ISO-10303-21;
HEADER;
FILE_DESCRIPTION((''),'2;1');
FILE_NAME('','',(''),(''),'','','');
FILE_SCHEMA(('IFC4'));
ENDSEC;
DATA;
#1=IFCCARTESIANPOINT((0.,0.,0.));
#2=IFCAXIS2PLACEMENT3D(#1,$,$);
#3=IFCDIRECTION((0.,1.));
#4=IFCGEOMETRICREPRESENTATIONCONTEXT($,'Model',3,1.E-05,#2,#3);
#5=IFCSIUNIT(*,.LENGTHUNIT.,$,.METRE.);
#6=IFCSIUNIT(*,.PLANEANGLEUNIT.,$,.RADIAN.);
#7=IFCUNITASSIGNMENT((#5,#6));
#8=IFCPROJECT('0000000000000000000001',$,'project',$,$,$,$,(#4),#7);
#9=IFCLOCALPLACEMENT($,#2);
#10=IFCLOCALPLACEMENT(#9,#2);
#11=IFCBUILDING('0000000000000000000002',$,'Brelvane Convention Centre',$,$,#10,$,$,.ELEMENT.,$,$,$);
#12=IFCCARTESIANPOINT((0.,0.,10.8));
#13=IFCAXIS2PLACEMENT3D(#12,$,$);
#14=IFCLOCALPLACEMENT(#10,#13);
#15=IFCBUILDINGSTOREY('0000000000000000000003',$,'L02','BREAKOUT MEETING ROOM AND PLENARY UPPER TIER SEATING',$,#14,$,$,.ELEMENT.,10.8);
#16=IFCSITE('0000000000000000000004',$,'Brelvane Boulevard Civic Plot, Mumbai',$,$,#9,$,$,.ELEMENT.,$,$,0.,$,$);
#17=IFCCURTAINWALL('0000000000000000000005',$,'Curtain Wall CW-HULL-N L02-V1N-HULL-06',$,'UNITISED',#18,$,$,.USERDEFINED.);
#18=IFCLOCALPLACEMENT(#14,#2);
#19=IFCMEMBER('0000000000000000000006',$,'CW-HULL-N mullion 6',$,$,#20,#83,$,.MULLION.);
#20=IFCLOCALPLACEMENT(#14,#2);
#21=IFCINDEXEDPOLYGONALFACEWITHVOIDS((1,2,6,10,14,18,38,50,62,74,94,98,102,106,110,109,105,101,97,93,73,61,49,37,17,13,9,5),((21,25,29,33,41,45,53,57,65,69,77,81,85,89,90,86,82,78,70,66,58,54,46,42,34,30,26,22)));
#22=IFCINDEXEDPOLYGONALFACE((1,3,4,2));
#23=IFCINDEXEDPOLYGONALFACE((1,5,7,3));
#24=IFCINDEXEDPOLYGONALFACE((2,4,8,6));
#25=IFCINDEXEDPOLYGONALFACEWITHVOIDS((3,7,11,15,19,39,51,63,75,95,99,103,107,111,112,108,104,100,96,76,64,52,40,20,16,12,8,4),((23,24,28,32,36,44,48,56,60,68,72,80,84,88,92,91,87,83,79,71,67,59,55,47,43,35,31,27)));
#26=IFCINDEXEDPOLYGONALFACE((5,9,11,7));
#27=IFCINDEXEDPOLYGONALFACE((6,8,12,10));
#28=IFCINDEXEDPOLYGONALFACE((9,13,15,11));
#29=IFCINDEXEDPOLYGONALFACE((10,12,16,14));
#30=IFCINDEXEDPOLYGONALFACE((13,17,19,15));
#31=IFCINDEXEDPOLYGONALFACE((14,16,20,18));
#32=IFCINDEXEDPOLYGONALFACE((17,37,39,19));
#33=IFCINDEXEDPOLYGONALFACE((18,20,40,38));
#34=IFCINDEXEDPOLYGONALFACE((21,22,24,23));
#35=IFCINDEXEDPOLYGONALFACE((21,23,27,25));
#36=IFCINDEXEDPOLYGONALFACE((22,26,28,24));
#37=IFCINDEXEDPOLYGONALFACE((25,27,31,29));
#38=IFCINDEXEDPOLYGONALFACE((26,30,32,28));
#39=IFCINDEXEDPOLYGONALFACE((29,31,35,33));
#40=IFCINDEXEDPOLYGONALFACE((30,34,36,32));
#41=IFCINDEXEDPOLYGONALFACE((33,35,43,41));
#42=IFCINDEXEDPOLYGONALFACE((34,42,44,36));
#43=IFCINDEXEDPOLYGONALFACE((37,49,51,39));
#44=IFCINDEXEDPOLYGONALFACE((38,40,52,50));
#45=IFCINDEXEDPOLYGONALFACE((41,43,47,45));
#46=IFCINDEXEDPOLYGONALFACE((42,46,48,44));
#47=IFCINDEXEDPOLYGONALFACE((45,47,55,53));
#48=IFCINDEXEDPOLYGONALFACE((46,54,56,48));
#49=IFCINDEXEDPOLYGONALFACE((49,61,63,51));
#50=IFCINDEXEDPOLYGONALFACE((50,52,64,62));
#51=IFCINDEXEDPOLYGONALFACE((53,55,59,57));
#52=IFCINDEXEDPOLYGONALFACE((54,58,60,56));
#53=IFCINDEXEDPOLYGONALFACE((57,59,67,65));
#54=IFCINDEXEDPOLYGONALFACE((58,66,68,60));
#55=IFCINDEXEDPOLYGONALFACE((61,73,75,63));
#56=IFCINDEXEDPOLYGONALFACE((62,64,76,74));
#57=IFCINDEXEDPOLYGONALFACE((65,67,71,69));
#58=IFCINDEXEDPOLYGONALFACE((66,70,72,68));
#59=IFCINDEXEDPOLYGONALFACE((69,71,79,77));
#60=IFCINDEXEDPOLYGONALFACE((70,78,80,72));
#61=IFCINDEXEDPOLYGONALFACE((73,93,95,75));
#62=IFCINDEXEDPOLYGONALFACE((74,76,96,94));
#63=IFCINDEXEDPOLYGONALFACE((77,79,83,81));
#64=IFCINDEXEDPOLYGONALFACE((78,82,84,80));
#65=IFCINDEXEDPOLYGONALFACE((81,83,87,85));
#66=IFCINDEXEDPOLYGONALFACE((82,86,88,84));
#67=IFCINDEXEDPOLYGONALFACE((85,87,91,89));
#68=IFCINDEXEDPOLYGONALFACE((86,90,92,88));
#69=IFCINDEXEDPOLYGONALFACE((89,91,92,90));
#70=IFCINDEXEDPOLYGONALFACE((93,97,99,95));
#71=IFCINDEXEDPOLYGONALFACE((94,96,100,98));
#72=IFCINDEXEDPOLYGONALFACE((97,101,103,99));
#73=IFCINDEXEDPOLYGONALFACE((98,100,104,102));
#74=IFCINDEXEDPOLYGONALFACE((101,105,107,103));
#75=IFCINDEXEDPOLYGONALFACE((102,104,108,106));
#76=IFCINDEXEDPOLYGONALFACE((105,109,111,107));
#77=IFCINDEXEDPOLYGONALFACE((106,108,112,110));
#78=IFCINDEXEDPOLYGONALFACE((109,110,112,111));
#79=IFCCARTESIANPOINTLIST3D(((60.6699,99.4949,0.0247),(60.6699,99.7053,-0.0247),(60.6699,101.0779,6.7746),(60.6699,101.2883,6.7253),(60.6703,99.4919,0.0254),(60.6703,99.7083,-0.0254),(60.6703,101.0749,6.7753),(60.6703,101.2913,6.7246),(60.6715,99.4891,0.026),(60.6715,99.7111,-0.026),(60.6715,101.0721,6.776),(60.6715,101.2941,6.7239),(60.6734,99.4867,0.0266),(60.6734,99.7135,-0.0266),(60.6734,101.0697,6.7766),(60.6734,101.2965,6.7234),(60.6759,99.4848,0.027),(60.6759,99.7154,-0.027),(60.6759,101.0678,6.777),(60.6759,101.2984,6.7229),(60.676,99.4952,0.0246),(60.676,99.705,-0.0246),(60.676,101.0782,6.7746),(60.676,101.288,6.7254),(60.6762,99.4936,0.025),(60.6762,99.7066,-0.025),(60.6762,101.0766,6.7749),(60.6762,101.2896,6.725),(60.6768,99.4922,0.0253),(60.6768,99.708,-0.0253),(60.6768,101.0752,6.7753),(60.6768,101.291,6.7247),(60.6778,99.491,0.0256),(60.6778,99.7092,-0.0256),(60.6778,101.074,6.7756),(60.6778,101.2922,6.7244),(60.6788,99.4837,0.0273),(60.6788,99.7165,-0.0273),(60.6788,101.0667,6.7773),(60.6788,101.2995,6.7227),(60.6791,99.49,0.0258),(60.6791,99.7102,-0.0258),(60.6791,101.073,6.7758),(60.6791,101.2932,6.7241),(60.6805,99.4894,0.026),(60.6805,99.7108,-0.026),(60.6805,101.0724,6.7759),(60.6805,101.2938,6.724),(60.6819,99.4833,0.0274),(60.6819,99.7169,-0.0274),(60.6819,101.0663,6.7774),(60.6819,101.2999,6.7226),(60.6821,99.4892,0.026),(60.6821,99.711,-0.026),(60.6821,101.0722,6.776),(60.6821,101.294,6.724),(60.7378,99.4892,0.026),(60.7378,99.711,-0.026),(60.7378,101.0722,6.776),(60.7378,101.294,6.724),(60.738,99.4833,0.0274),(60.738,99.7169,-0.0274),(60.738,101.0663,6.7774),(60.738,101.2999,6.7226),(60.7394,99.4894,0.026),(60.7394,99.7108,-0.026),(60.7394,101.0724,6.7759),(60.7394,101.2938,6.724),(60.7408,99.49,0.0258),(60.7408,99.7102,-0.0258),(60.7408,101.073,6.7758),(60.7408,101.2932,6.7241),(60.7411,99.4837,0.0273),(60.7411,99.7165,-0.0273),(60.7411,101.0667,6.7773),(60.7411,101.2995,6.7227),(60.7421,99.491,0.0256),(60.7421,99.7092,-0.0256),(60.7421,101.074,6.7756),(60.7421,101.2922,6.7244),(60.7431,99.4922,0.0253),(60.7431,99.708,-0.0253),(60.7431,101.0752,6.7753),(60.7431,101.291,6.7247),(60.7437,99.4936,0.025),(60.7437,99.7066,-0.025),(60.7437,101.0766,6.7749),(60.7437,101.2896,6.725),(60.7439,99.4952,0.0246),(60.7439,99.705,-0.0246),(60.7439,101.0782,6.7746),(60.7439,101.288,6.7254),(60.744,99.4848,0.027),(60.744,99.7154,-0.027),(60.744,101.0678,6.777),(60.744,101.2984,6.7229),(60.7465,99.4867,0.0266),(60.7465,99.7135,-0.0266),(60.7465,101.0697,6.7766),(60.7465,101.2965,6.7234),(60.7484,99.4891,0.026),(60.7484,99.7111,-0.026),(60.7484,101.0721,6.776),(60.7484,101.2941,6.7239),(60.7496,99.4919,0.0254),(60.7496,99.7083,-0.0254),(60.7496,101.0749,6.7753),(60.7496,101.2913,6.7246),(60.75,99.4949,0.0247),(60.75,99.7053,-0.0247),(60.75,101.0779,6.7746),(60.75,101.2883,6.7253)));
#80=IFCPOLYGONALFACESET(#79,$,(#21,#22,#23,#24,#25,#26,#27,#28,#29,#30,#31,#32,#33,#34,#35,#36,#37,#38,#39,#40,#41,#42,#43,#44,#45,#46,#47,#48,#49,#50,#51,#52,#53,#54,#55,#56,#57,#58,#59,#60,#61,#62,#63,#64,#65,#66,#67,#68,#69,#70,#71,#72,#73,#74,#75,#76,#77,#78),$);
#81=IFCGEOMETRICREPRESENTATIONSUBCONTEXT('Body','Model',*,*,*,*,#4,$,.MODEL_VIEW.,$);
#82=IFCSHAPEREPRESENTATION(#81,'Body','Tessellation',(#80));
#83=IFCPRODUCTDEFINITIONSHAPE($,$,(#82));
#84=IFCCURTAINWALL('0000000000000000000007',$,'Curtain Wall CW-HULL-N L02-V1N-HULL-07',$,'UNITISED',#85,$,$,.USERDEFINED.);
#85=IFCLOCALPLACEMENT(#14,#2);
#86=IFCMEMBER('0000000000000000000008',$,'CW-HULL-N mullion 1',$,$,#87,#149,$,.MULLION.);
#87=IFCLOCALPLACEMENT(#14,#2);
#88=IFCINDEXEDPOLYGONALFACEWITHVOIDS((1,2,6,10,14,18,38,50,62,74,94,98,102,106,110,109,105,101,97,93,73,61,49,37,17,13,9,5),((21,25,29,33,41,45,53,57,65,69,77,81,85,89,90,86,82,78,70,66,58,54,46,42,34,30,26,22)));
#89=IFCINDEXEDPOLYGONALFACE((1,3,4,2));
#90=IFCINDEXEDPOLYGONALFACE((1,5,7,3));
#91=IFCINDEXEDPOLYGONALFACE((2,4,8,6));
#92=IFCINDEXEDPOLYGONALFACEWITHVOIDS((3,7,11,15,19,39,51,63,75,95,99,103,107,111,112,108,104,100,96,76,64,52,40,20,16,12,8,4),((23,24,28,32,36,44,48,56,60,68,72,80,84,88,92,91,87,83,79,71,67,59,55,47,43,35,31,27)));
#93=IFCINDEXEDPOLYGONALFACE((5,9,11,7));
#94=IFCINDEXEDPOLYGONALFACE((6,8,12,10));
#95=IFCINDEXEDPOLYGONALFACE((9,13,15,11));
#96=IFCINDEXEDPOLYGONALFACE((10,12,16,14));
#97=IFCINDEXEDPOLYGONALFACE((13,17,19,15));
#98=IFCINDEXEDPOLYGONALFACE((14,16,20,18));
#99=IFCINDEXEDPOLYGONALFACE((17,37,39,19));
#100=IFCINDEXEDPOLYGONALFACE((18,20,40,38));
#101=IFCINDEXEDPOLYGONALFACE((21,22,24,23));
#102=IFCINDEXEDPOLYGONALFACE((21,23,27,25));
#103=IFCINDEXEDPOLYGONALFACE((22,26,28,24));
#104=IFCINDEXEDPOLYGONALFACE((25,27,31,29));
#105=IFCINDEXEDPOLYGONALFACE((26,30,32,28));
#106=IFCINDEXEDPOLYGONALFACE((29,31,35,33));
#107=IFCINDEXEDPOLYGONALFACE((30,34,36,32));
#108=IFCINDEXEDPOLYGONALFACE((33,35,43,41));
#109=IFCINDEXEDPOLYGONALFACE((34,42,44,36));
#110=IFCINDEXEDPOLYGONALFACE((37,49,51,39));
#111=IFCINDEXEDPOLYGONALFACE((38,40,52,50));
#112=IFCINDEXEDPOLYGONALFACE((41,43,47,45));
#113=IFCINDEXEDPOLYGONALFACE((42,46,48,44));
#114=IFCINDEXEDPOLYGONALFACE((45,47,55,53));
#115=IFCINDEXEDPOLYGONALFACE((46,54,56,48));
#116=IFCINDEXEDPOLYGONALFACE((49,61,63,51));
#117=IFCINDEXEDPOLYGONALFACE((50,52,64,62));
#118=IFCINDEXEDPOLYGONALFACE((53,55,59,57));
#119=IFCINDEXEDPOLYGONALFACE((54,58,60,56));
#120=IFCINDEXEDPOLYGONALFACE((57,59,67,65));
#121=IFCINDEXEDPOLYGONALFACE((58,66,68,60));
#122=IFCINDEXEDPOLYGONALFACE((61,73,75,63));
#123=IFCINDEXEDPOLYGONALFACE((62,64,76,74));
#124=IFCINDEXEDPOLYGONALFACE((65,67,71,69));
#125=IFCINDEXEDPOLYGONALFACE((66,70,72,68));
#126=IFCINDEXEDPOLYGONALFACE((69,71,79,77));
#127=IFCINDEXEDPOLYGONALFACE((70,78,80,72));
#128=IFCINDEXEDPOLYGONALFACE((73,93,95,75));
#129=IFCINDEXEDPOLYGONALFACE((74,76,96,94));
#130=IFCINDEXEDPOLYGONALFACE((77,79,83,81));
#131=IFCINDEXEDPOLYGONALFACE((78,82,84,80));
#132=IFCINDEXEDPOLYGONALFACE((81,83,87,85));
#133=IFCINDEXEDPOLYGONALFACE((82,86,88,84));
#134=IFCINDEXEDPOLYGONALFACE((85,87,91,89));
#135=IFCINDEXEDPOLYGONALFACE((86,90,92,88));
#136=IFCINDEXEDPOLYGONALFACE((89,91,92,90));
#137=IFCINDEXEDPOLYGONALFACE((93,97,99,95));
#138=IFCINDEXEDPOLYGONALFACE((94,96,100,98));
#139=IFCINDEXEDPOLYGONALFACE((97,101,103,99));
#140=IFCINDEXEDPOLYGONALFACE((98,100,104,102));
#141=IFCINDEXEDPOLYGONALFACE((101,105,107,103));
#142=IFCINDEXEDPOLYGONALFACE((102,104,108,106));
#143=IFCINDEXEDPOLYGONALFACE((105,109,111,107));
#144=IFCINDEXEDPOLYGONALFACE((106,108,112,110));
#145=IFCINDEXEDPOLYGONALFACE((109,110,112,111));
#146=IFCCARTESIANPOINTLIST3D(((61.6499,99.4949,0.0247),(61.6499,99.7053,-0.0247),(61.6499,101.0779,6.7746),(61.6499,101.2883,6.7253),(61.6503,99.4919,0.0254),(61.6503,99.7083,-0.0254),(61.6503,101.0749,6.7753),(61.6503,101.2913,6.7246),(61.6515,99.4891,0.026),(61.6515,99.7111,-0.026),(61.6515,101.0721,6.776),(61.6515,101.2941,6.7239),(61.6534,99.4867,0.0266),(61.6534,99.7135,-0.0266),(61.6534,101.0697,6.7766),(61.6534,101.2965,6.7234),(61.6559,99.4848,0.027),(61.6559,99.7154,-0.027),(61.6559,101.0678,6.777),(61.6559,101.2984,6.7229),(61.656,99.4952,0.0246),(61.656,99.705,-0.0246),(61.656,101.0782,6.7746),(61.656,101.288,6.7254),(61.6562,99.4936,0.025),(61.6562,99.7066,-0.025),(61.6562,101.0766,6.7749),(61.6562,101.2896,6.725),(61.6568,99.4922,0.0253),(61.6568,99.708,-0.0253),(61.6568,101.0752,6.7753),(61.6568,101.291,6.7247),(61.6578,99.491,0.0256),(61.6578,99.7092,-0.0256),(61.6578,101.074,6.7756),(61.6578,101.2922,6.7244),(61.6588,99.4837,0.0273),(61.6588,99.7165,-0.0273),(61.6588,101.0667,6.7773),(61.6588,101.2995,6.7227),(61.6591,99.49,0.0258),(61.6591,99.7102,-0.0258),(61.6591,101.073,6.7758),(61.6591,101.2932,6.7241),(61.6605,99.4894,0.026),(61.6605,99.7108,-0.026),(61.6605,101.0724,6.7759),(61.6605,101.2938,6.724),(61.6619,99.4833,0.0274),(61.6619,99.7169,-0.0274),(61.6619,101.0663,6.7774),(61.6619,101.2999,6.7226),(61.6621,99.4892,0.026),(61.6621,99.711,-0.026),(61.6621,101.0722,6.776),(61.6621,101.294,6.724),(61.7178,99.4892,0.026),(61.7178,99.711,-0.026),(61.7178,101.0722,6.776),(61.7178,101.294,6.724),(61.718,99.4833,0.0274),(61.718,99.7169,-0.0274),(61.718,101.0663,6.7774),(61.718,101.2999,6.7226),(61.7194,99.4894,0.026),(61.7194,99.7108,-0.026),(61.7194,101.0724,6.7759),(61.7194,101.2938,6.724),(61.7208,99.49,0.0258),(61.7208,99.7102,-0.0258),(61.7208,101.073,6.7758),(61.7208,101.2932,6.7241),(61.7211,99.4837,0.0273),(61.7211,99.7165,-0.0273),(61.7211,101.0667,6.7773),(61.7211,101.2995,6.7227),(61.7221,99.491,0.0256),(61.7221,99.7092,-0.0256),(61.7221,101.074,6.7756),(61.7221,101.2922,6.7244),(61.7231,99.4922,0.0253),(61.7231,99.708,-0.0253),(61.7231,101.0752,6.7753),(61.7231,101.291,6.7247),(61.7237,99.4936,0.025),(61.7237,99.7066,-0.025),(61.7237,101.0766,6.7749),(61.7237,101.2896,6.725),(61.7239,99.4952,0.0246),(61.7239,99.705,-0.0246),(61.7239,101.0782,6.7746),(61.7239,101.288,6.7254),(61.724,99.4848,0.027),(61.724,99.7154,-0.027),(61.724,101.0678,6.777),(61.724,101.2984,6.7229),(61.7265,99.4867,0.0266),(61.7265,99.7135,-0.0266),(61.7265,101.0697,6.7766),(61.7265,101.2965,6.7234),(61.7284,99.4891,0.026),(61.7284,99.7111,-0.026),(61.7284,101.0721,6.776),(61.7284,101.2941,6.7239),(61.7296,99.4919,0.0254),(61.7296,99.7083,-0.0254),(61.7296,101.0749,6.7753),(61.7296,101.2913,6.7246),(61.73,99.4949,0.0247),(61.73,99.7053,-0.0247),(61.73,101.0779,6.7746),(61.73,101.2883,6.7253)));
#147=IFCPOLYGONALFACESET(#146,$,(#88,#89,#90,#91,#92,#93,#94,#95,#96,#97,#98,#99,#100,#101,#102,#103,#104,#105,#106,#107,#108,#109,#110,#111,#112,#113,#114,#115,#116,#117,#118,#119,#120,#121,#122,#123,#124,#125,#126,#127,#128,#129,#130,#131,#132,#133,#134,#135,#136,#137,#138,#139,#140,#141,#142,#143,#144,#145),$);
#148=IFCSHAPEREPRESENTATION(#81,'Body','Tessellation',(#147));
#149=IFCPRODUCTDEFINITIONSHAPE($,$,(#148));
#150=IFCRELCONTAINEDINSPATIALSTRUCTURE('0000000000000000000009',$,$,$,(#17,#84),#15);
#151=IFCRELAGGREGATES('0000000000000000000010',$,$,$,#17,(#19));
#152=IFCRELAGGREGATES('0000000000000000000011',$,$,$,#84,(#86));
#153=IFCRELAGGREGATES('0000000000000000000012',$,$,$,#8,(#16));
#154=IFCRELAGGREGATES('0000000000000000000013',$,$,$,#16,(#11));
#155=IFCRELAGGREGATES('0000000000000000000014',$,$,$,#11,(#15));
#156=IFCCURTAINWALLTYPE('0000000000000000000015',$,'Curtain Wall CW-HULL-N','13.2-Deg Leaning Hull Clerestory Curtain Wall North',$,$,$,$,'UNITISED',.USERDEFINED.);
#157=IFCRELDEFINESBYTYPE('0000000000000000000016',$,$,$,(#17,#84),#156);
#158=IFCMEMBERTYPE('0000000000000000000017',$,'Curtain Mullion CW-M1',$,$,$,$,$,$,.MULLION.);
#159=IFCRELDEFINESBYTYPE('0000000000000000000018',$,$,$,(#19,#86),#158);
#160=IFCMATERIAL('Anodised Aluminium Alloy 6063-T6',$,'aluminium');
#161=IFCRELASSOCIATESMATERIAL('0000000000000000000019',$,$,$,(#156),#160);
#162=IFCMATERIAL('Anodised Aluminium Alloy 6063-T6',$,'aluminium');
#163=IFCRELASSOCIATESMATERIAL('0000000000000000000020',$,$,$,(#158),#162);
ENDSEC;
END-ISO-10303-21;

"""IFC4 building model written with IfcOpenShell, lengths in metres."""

from ifc_helpers import new_model, si_unit, direction, frame, origin, origin_2d, place, context, subcontext, project, spatial, hollow_rectangle, extrude, material, material_profile, profile_set, type_object, element, aggregate, save


model = new_model("IFC4")

# Units and contexts
model_context = context("Model", 3, precision=1e-05, world=origin(), true_north=direction((0.0, 1.0)))
body_context = subcontext(model_context, "Body", "Model", "MODEL_VIEW")
ifc_project = project(units=[si_unit("LENGTHUNIT", "METRE"), si_unit("PLANEANGLEUNIT", "RADIAN")], contexts=[model_context])

# Site, building, storey
site_placement = place(None, origin())
site = spatial("IfcSite", under=ifc_project, at=site_placement, Name="Brelvane Boulevard Civic Plot, Mumbai", CompositionType="ELEMENT", RefElevation=0.0)
building_placement = place(site_placement, origin())
building = spatial("IfcBuilding", under=site, at=building_placement, Name="Brelvane Convention Centre", CompositionType="ELEMENT")
storey_placement = place(building_placement, frame((0.0, 0.0, 10.8)))
storey = spatial("IfcBuildingStorey", under=building, at=storey_placement, Name="L02", Description="BREAKOUT MEETING ROOM AND PLENARY UPPER TIER SEATING", CompositionType="ELEMENT", Elevation=10.8)

# Curtain wall, member
ifc_material_1 = material(Name="Anodised Aluminium Alloy 6063-T6", Category="aluminium")
curtain_wall_type_1 = type_object("IfcCurtainWallType", Name="Curtain Wall CW-HULL-N", Description="13.2-Deg Leaning Hull Clerestory Curtain Wall North", ElementType="UNITISED", PredefinedType="USERDEFINED", material=ifc_material_1)
curtain_wall_1_placement = place(storey_placement, origin())
curtain_wall_1 = element("IfcCurtainWall", 1, at=curtain_wall_1_placement, inside=storey, type_object=curtain_wall_type_1, Name="Curtain Wall CW-HULL-N L02-V1N-HULL-06", ObjectType="UNITISED", PredefinedType="USERDEFINED")
ifc_material_2 = material(Name="Anodised Aluminium Alloy 6063-T6", Category="aluminium")
ifc_material_profile_1 = material_profile(ifc_material_2, hollow_rectangle(XDim=0.0801, YDim=0.24, WallThickness=0.0061, InnerFilletRadius=0.0061, OuterFilletRadius=0.012, at=origin_2d()), Name="ALU-M 240x80x6.0")
ifc_profile_set_1 = profile_set([ifc_material_profile_1], Name="Anodised Aluminium Alloy 6063-T6")
member_type_1 = type_object("IfcMemberType", Name="Curtain Mullion CW-M1", PredefinedType="MULLION", material=ifc_profile_set_1)
member_1_placement = place(storey_placement, frame((60.71, 99.6001, 0.0), z_axis=(0.0, 0.228325, 0.973585), x_axis=(-1.0, 0.0, 0.0)))
member_1 = element("IfcMember", 2, at=member_1_placement, type_object=member_type_1, Name="CW-HULL-N mullion 6", PredefinedType="MULLION", context=body_context, shape_type="SweptSolid", body=[
    extrude(hollow_rectangle(XDim=0.0801, YDim=0.24, WallThickness=0.0061, InnerFilletRadius=0.0061, OuterFilletRadius=0.012, at=origin_2d()), origin(), (0.0, 0.0, 1.0), 6.9331),
])

# Curtain wall, member
curtain_wall_2_placement = place(storey_placement, origin())
curtain_wall_2 = element("IfcCurtainWall", 3, at=curtain_wall_2_placement, inside=storey, type_object=curtain_wall_type_1, Name="Curtain Wall CW-HULL-N L02-V1N-HULL-07", ObjectType="UNITISED", PredefinedType="USERDEFINED")
member_2_placement = place(storey_placement, frame((61.6899, 99.6001, 0.0), z_axis=(0.0, 0.228325, 0.973585), x_axis=(-1.0, 0.0, 0.0)))
member_2 = element("IfcMember", 4, at=member_2_placement, type_object=member_type_1, Name="CW-HULL-N mullion 1", PredefinedType="MULLION", context=body_context, shape_type="SweptSolid", body=[
    extrude(hollow_rectangle(XDim=0.0801, YDim=0.24, WallThickness=0.0061, InnerFilletRadius=0.0061, OuterFilletRadius=0.012, at=origin_2d()), origin(), (0.0, 0.0, 1.0), 6.9331),
])

aggregate(curtain_wall_1, [member_1])
aggregate(curtain_wall_2, [member_2])

save(model, "model.ifc")
